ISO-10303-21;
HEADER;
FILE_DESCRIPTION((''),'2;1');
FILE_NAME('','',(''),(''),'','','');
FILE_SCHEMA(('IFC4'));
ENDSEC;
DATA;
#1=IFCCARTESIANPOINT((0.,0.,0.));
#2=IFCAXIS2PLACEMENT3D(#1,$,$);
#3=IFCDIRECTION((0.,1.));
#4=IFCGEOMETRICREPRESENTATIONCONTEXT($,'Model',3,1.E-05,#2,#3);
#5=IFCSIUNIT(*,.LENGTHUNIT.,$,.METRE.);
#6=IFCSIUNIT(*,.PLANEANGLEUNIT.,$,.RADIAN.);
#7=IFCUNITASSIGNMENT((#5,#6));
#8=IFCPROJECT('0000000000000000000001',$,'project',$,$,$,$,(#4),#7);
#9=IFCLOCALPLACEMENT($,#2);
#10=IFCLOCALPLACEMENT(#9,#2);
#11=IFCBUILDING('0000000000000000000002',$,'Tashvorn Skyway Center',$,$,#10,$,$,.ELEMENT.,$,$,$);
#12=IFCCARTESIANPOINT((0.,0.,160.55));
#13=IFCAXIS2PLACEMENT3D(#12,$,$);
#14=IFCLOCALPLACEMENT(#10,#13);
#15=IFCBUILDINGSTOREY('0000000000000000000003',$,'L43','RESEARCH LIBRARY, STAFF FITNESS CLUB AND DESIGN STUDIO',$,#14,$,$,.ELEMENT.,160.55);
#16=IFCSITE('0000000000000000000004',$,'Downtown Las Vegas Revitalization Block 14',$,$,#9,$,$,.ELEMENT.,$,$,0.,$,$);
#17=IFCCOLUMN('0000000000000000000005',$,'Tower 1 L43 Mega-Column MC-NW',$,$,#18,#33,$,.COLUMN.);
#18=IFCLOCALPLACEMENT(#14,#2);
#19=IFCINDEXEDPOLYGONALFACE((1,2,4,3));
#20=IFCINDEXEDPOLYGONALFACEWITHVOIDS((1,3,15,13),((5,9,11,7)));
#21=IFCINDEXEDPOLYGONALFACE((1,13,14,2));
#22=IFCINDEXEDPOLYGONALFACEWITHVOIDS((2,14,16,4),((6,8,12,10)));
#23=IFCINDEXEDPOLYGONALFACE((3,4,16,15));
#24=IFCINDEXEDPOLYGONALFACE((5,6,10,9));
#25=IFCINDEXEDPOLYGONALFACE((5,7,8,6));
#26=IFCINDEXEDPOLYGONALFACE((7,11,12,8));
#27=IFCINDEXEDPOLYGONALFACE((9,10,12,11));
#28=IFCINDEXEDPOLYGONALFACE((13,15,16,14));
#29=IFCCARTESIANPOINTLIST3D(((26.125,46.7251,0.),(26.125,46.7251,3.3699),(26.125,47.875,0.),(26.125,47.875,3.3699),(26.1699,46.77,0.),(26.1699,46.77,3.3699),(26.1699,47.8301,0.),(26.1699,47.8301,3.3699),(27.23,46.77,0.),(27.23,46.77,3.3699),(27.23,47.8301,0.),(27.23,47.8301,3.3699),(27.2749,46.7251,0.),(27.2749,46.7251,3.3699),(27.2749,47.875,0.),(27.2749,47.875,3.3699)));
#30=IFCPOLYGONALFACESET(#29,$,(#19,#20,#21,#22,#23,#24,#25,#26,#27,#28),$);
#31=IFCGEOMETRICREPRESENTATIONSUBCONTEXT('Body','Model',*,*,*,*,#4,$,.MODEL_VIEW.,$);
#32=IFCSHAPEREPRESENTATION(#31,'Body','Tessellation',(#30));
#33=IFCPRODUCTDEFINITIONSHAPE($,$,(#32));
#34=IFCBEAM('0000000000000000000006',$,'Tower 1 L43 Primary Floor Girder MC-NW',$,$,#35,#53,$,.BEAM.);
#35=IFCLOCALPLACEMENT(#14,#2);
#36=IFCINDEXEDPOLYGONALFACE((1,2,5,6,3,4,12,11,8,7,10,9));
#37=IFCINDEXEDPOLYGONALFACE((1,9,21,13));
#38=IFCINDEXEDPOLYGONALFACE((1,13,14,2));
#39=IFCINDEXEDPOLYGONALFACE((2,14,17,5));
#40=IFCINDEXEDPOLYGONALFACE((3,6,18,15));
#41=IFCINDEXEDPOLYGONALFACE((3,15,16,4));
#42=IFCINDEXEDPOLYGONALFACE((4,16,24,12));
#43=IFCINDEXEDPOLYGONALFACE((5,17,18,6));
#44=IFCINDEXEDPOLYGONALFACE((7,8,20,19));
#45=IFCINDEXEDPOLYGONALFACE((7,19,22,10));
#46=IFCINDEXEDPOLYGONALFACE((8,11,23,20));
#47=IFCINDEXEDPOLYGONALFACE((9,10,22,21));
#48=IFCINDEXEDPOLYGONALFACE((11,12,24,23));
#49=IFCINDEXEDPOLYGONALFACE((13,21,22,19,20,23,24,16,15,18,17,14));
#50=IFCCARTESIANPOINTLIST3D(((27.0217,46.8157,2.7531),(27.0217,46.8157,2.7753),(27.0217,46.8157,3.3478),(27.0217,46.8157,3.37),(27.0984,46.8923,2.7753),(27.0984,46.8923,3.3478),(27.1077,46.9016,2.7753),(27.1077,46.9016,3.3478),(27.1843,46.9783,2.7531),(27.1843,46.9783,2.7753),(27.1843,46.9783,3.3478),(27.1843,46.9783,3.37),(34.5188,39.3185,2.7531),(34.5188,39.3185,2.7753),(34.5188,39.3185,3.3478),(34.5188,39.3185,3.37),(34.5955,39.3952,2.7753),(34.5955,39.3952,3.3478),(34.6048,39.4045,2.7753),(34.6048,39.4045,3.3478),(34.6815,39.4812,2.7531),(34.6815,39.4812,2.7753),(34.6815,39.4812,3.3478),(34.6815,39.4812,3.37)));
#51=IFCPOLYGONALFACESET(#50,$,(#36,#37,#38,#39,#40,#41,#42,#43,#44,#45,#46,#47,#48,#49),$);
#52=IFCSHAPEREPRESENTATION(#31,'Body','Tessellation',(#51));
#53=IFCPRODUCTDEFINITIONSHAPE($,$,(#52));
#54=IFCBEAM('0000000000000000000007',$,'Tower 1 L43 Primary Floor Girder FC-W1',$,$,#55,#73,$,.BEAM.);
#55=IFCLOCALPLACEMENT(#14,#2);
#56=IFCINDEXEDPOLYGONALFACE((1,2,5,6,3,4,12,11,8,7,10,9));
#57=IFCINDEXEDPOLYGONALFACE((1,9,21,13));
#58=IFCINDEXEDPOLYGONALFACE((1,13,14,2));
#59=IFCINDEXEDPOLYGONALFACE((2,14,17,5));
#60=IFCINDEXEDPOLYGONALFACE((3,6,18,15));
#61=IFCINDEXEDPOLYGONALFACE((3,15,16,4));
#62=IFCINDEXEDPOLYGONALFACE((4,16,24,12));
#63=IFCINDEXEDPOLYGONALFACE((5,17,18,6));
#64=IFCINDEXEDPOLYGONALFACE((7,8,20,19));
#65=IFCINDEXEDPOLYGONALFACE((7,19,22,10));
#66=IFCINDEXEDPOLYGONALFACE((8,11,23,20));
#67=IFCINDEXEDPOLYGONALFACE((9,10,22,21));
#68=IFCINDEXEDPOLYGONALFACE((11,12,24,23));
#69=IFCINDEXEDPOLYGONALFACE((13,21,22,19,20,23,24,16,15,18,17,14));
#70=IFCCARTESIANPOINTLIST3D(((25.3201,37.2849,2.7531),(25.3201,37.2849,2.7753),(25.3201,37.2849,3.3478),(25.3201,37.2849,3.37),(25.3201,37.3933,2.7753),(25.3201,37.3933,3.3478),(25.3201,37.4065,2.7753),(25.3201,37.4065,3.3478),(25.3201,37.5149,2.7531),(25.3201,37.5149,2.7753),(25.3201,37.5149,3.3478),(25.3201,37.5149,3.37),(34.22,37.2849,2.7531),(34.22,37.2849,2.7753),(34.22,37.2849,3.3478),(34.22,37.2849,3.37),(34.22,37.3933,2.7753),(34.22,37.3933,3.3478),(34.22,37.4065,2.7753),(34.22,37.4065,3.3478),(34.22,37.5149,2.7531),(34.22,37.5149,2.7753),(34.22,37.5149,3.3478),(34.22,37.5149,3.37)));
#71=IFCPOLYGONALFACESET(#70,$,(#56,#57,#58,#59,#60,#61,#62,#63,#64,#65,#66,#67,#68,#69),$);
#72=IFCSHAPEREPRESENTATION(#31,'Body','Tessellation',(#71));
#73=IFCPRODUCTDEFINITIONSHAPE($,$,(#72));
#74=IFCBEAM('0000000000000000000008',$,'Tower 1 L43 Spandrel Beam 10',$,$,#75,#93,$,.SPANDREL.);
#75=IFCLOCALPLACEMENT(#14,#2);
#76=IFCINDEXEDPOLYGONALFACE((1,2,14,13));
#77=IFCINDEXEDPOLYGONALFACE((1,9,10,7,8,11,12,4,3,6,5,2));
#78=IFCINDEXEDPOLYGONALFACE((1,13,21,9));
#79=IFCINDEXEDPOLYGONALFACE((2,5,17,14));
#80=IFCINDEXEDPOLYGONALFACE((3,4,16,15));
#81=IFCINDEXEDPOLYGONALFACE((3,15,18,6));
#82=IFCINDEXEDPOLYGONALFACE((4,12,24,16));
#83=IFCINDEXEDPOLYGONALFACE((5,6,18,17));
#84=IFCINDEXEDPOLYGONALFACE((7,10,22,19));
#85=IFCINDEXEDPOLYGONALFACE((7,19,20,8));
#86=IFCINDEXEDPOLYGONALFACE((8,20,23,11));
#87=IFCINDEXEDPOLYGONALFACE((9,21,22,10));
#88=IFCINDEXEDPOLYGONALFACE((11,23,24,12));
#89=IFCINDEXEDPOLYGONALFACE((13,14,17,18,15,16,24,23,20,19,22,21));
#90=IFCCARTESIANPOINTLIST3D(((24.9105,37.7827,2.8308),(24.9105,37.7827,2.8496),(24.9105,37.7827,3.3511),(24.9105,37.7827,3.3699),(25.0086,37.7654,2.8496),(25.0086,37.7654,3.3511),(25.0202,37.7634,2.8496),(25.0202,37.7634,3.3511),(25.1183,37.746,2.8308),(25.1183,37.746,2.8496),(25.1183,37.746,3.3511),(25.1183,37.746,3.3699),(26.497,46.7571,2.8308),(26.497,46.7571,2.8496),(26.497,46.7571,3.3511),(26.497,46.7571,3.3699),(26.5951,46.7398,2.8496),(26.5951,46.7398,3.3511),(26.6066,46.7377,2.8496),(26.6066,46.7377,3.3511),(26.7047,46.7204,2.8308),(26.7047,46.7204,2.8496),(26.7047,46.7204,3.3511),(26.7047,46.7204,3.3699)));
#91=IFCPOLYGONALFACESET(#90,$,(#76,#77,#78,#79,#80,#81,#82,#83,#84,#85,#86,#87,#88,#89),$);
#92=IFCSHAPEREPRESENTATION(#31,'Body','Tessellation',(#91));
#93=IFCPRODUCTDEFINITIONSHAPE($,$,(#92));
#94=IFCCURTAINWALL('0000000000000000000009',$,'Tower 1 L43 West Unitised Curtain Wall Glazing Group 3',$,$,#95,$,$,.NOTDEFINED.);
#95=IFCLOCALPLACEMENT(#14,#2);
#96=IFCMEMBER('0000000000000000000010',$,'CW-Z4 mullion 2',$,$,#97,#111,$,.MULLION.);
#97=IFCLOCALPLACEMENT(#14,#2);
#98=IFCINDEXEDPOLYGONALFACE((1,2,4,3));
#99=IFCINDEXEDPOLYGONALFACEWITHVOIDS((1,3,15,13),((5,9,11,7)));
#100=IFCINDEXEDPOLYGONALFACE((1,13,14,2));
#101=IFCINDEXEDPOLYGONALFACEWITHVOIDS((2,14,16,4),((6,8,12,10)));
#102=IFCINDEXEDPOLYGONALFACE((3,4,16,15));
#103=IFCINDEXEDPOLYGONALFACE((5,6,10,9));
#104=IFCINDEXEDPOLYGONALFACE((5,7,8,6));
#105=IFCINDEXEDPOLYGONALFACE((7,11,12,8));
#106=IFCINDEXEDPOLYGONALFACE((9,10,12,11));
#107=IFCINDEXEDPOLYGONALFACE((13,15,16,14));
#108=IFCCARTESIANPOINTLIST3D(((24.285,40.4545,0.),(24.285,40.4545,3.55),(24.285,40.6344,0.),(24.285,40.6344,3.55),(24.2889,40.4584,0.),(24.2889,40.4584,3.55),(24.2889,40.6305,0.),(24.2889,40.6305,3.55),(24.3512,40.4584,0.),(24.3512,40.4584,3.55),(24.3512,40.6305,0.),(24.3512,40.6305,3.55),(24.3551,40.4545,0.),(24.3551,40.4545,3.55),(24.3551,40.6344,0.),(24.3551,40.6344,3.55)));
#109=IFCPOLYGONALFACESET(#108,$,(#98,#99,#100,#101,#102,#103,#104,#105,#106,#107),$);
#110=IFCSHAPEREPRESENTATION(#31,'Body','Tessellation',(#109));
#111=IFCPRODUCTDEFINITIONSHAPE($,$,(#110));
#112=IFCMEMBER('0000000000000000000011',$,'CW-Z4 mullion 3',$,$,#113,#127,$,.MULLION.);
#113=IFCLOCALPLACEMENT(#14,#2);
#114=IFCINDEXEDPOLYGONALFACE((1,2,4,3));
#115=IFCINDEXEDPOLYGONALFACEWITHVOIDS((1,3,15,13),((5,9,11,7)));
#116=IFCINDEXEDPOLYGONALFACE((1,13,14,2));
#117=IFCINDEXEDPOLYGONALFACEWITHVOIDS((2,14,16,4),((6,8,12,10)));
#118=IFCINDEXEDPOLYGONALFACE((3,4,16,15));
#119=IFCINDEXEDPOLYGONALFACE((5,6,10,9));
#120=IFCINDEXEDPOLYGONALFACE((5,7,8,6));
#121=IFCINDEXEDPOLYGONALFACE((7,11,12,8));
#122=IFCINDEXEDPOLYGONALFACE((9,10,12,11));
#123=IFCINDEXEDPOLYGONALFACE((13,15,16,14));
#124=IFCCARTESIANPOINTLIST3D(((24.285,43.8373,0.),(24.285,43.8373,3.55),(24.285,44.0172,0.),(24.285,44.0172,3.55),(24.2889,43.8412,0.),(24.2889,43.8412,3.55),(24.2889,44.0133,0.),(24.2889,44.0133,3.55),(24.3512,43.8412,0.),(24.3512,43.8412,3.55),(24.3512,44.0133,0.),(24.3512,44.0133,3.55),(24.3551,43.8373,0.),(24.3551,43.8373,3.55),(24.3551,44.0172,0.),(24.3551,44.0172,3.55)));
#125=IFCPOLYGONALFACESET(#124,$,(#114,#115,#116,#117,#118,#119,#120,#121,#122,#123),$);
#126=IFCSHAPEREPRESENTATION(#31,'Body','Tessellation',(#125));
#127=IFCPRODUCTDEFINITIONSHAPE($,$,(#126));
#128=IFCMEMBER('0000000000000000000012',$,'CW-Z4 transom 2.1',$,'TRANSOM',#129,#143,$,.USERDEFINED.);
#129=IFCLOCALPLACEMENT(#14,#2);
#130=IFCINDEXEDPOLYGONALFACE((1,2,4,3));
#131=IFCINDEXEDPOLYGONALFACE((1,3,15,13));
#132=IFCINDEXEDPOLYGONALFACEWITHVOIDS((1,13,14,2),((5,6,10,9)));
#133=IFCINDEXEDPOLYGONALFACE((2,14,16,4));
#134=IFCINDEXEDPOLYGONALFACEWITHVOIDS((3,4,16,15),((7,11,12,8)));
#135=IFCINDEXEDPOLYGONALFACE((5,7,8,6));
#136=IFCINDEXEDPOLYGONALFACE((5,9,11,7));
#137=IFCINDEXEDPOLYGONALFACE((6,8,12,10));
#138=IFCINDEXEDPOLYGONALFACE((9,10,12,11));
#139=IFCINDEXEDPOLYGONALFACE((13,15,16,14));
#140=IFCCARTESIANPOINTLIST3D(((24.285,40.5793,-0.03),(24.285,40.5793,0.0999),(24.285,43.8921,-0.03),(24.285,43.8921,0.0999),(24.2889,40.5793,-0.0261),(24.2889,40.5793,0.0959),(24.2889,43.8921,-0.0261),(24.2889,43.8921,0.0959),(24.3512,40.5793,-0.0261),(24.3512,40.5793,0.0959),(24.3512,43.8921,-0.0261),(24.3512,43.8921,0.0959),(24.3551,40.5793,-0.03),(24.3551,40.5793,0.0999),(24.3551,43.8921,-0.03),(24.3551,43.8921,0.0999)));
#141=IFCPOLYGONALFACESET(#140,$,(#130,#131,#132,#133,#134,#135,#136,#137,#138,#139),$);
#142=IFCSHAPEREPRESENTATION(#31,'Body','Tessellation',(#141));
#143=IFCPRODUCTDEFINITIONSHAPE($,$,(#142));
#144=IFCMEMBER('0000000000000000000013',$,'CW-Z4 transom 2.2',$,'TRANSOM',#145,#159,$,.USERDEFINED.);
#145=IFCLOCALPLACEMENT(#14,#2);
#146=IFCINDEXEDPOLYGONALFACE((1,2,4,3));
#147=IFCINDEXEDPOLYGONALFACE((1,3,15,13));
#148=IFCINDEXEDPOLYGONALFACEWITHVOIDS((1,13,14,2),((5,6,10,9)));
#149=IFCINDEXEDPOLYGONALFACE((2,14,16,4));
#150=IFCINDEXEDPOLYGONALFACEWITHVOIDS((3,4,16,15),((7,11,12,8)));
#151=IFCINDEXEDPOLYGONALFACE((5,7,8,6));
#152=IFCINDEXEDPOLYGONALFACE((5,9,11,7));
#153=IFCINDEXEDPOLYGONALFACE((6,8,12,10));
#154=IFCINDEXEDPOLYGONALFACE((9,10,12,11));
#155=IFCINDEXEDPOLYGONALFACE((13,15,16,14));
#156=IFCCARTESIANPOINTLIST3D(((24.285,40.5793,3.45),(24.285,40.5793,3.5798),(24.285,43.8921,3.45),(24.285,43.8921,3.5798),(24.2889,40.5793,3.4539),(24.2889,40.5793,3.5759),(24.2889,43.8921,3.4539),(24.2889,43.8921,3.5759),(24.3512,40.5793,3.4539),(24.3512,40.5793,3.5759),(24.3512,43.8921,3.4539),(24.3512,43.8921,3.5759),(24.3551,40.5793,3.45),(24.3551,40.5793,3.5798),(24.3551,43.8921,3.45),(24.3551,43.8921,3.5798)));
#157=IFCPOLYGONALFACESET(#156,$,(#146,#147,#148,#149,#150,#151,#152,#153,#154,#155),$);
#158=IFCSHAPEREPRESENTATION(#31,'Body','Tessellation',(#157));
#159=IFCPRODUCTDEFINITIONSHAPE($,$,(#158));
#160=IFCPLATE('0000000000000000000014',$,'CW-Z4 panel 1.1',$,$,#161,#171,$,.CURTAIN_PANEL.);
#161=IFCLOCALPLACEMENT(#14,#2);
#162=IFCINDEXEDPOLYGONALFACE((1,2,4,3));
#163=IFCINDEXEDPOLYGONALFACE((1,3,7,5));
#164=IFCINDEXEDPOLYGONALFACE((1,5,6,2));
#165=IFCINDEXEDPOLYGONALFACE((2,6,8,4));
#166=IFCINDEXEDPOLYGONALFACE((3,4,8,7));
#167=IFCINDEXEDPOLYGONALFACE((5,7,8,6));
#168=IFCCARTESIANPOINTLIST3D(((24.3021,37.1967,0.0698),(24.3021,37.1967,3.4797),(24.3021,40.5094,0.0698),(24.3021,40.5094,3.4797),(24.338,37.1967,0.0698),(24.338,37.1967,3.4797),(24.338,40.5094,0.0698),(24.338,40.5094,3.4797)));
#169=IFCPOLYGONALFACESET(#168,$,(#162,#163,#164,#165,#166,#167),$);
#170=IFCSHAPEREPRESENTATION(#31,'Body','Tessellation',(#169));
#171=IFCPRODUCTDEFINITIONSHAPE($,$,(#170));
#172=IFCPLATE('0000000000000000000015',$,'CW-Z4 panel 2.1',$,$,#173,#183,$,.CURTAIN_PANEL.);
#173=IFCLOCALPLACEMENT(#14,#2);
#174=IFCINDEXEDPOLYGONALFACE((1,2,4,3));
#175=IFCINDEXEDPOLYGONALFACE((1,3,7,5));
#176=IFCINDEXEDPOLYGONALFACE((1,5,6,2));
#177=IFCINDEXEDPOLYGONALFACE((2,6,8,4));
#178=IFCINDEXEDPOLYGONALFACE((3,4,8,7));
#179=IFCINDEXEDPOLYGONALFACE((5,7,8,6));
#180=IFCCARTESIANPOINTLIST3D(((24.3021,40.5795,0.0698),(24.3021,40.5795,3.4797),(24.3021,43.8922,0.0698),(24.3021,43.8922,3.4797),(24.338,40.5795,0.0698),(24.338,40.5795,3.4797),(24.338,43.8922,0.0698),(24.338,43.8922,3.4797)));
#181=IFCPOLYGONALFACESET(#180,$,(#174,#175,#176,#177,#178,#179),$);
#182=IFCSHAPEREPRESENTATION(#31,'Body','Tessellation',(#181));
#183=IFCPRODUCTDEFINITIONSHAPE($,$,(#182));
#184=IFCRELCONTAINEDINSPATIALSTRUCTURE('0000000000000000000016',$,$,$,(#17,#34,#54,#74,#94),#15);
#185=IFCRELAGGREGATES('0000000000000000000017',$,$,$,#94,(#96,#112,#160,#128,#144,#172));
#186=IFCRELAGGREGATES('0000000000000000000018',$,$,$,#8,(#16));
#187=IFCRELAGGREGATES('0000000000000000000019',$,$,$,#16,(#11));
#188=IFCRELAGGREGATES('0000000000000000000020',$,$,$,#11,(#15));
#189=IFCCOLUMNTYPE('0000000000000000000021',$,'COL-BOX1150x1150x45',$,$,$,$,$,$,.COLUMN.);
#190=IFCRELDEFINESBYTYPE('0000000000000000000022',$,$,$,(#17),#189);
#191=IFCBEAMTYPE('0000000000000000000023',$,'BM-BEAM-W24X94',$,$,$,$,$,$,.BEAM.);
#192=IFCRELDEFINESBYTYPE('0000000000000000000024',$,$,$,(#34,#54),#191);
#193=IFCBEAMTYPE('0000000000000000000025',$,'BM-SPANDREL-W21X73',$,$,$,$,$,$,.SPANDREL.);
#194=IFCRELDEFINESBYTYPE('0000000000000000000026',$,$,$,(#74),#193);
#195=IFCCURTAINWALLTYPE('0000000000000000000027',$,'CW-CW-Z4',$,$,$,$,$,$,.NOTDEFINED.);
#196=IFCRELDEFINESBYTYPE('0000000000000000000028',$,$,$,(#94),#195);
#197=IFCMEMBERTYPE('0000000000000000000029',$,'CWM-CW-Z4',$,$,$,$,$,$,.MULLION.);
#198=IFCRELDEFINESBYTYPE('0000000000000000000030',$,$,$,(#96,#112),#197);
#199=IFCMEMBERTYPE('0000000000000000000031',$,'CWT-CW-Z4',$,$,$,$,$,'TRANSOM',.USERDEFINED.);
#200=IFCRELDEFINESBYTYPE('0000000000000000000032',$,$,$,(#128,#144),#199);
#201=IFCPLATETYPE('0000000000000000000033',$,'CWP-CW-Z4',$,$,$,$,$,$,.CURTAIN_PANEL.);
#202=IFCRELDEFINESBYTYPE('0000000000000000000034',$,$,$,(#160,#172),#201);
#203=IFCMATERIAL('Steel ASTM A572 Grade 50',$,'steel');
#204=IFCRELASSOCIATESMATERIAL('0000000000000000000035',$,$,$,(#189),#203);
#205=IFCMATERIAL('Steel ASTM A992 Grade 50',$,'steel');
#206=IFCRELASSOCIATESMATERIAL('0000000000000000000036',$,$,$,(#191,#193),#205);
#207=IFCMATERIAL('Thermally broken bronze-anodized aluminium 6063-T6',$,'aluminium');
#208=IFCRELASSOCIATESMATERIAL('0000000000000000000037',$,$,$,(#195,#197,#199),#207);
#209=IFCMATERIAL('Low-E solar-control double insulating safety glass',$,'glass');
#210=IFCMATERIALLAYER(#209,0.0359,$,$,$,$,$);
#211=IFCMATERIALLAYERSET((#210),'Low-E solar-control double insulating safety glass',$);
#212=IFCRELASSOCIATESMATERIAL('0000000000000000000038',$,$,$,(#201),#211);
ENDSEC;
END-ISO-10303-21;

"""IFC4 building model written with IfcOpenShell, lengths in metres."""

from ifc_helpers import new_model, si_unit, direction, frame, origin, origin_2d, place, context, subcontext, project, spatial, rectangle, hollow_rectangle, i_section, extrude, material, layer, layer_set, material_profile, profile_set, type_object, element, aggregate, save


model = new_model("IFC4")

# Units and contexts
model_context = context("Model", 3, precision=1e-05, world=origin(), true_north=direction((0.0, 1.0)))
body_context = subcontext(model_context, "Body", "Model", "MODEL_VIEW")
ifc_project = project(units=[si_unit("LENGTHUNIT", "METRE"), si_unit("PLANEANGLEUNIT", "RADIAN")], contexts=[model_context])

# Site, building, storey
site_placement = place(None, origin())
site = spatial("IfcSite", under=ifc_project, at=site_placement, Name="Downtown Las Vegas Revitalization Block 14", CompositionType="ELEMENT", RefElevation=0.0)
building_placement = place(site_placement, origin())
building = spatial("IfcBuilding", under=site, at=building_placement, Name="Tashvorn Skyway Center", CompositionType="ELEMENT")
storey_placement = place(building_placement, frame((0.0, 0.0, 160.55)))
storey = spatial("IfcBuildingStorey", under=building, at=storey_placement, Name="L43", Description="RESEARCH LIBRARY, STAFF FITNESS CLUB AND DESIGN STUDIO", CompositionType="ELEMENT", Elevation=160.55)

# Column
ifc_material_1 = material(Name="Steel ASTM A572 Grade 50", Category="steel")
ifc_material_profile_1 = material_profile(ifc_material_1, hollow_rectangle(XDim=1.1499, YDim=1.1499, WallThickness=0.0449, at=origin_2d()), Name="BOX1150x1150x45")
ifc_profile_set_1 = profile_set([ifc_material_profile_1], Name="Steel ASTM A572 Grade 50")
column_type = type_object("IfcColumnType", Name="COL-BOX1150x1150x45", PredefinedType="COLUMN", material=ifc_profile_set_1)
column_placement = place(storey_placement, frame((26.7, 47.3, 0.0), z_axis=(0.0, 0.0, 1.0), x_axis=(1.0, 0.0, 0.0)))
element("IfcColumn", 1, at=column_placement, inside=storey, type_object=column_type, Name="Tower 1 L43 Mega-Column MC-NW", PredefinedType="COLUMN", context=body_context, shape_type="SweptSolid", body=[
    extrude(hollow_rectangle(XDim=1.1499, YDim=1.1499, WallThickness=0.0449, at=origin_2d()), origin(), (0.0, 0.0, 1.0), 3.3699),
])

# Beams
ifc_material_2 = material(Name="Steel ASTM A992 Grade 50", Category="steel")
ifc_material_profile_2 = material_profile(ifc_material_2, i_section(OverallWidth=0.23, OverallDepth=0.6169, WebThickness=0.0132, FlangeThickness=0.0222, at=origin_2d()), Name="W24X94")
ifc_profile_set_2 = profile_set([ifc_material_profile_2], Name="Steel ASTM A992 Grade 50")
beam_type_1 = type_object("IfcBeamType", Name="BM-BEAM-W24X94", PredefinedType="BEAM", material=ifc_profile_set_2)
beam_1_placement = place(storey_placement, frame((27.103, 46.897, 3.0615), z_axis=(0.707107, -0.707107, 0.0), x_axis=(0.707107, 0.707107, 0.0)))
element("IfcBeam", 2, at=beam_1_placement, inside=storey, type_object=beam_type_1, Name="Tower 1 L43 Primary Floor Girder MC-NW", PredefinedType="BEAM", context=body_context, shape_type="SweptSolid", body=[
    extrude(i_section(OverallWidth=0.23, OverallDepth=0.6169, WebThickness=0.0132, FlangeThickness=0.0222, at=origin_2d()), origin(), (0.0, 0.0, 1.0), 10.6025),
])
beam_2_placement = place(storey_placement, frame((25.3201, 37.3999, 3.0615), z_axis=(1.0, 0.0, 0.0), x_axis=(0.0, 1.0, 0.0)))
element("IfcBeam", 3, at=beam_2_placement, inside=storey, type_object=beam_type_1, Name="Tower 1 L43 Primary Floor Girder FC-W1", PredefinedType="BEAM", context=body_context, shape_type="SweptSolid", body=[
    extrude(i_section(OverallWidth=0.23, OverallDepth=0.6169, WebThickness=0.0132, FlangeThickness=0.0222, at=origin_2d()), origin(), (0.0, 0.0, 1.0), 8.8999),
])
ifc_material_profile_3 = material_profile(ifc_material_2, i_section(OverallWidth=0.2109, OverallDepth=0.5391, WebThickness=0.0117, FlangeThickness=0.0188, at=origin_2d()), Name="W21X73")
ifc_profile_set_3 = profile_set([ifc_material_profile_3], Name="Steel ASTM A992 Grade 50")
beam_type_2 = type_object("IfcBeamType", Name="BM-SPANDREL-W21X73", PredefinedType="SPANDREL", material=ifc_profile_set_3)
beam_3_placement = place(storey_placement, frame((26.6008, 46.7388, 3.1003), z_axis=(-0.174074, -0.984733, 0.0), x_axis=(0.984733, -0.174074, 0.0)))
element("IfcBeam", 4, at=beam_3_placement, inside=storey, type_object=beam_type_2, Name="Tower 1 L43 Spandrel Beam 10", PredefinedType="SPANDREL", context=body_context, shape_type="SweptSolid", body=[
    extrude(i_section(OverallWidth=0.2109, OverallDepth=0.5391, WebThickness=0.0117, FlangeThickness=0.0188, at=origin_2d()), origin(), (0.0, 0.0, 1.0), 9.1135),
])

# Curtain wall, members, plates
ifc_material_3 = material(Name="Thermally broken bronze-anodized aluminium 6063-T6", Category="aluminium")
curtain_wall_type = type_object("IfcCurtainWallType", Name="CW-CW-Z4", PredefinedType="NOTDEFINED", material=ifc_material_3)
curtain_wall_placement = place(storey_placement, origin())
curtain_wall = element("IfcCurtainWall", 5, at=curtain_wall_placement, inside=storey, type_object=curtain_wall_type, Name="Tower 1 L43 West Unitised Curtain Wall Glazing Group 3", PredefinedType="NOTDEFINED")
ifc_material_profile_4 = material_profile(ifc_material_3, hollow_rectangle(XDim=0.0701, YDim=0.1799, WallThickness=0.0039, at=origin_2d()), Name="ALU-MULL-70x180")
ifc_profile_set_4 = profile_set([ifc_material_profile_4], Name="Thermally broken bronze-anodized aluminium 6063-T6")
member_type_1 = type_object("IfcMemberType", Name="CWM-CW-Z4", PredefinedType="MULLION", material=ifc_profile_set_4)
member_1_placement = place(storey_placement, frame((24.3201, 40.5444, 0.0), z_axis=(0.0, 0.0, 1.0), x_axis=(-1.0, 0.0, 0.0)))
member_1 = element("IfcMember", 6, at=member_1_placement, type_object=member_type_1, Name="CW-Z4 mullion 2", PredefinedType="MULLION", context=body_context, shape_type="SweptSolid", body=[
    extrude(hollow_rectangle(XDim=0.0701, YDim=0.1799, WallThickness=0.0039, at=origin_2d()), origin(), (0.0, 0.0, 1.0), 3.55),
])
member_2_placement = place(storey_placement, frame((24.3201, 43.9272, 0.0), z_axis=(0.0, 0.0, 1.0), x_axis=(-1.0, 0.0, 0.0)))
member_2 = element("IfcMember", 7, at=member_2_placement, type_object=member_type_1, Name="CW-Z4 mullion 3", PredefinedType="MULLION", context=body_context, shape_type="SweptSolid", body=[
    extrude(hollow_rectangle(XDim=0.0701, YDim=0.1799, WallThickness=0.0039, at=origin_2d()), origin(), (0.0, 0.0, 1.0), 3.55),
])
ifc_material_profile_5 = material_profile(ifc_material_3, hollow_rectangle(XDim=0.0701, YDim=0.1299, WallThickness=0.0039, at=origin_2d()), Name="ALU-TRAN-70x130")
ifc_profile_set_5 = profile_set([ifc_material_profile_5], Name="Thermally broken bronze-anodized aluminium 6063-T6")
member_type_2 = type_object("IfcMemberType", Name="CWT-CW-Z4", ElementType="TRANSOM", PredefinedType="USERDEFINED", material=ifc_profile_set_5)
member_3_placement = place(storey_placement, frame((24.3201, 40.5793, 0.0349), z_axis=(0.0, 1.0, 0.0), x_axis=(-1.0, 0.0, 0.0)))
member_3 = element("IfcMember", 8, at=member_3_placement, type_object=member_type_2, Name="CW-Z4 transom 2.1", ObjectType="TRANSOM", PredefinedType="USERDEFINED", context=body_context, shape_type="SweptSolid", body=[
    extrude(hollow_rectangle(XDim=0.0701, YDim=0.1299, WallThickness=0.0039, at=origin_2d()), origin(), (0.0, 0.0, 1.0), 3.3127),
])
member_4_placement = place(storey_placement, frame((24.3201, 40.5793, 3.5149), z_axis=(0.0, 1.0, 0.0), x_axis=(-1.0, 0.0, 0.0)))
member_4 = element("IfcMember", 9, at=member_4_placement, type_object=member_type_2, Name="CW-Z4 transom 2.2", ObjectType="TRANSOM", PredefinedType="USERDEFINED", context=body_context, shape_type="SweptSolid", body=[
    extrude(hollow_rectangle(XDim=0.0701, YDim=0.1299, WallThickness=0.0039, at=origin_2d()), origin(), (0.0, 0.0, 1.0), 3.3127),
])
ifc_material_4 = material(Name="Low-E solar-control double insulating safety glass", Category="glass")
ifc_layer_1 = layer(ifc_material_4, 0.0359)
ifc_layer_set_1 = layer_set([ifc_layer_1], Name="Low-E solar-control double insulating safety glass")
plate_type = type_object("IfcPlateType", Name="CWP-CW-Z4", PredefinedType="CURTAIN_PANEL", material=ifc_layer_set_1)
plate_1_placement = place(storey_placement, frame((24.3201, 38.853, 0.0698), z_axis=(0.0, 0.0, 1.0), x_axis=(0.0, 1.0, 0.0)))
plate_1 = element("IfcPlate", 10, at=plate_1_placement, type_object=plate_type, Name="CW-Z4 panel 1.1", PredefinedType="CURTAIN_PANEL", context=body_context, shape_type="SweptSolid", body=[
    extrude(rectangle(XDim=3.3127, YDim=0.0359, at=origin_2d()), origin(), (0.0, 0.0, 1.0), 3.4099),
])
plate_2_placement = place(storey_placement, frame((24.3201, 42.2358, 0.0698), z_axis=(0.0, 0.0, 1.0), x_axis=(0.0, 1.0, 0.0)))
plate_2 = element("IfcPlate", 11, at=plate_2_placement, type_object=plate_type, Name="CW-Z4 panel 2.1", PredefinedType="CURTAIN_PANEL", context=body_context, shape_type="SweptSolid", body=[
    extrude(rectangle(XDim=3.3127, YDim=0.0359, at=origin_2d()), origin(), (0.0, 0.0, 1.0), 3.4099),
])
aggregate(curtain_wall, [member_1, member_2, plate_1, member_3, member_4, plate_2])

save(model, "model.ifc")
